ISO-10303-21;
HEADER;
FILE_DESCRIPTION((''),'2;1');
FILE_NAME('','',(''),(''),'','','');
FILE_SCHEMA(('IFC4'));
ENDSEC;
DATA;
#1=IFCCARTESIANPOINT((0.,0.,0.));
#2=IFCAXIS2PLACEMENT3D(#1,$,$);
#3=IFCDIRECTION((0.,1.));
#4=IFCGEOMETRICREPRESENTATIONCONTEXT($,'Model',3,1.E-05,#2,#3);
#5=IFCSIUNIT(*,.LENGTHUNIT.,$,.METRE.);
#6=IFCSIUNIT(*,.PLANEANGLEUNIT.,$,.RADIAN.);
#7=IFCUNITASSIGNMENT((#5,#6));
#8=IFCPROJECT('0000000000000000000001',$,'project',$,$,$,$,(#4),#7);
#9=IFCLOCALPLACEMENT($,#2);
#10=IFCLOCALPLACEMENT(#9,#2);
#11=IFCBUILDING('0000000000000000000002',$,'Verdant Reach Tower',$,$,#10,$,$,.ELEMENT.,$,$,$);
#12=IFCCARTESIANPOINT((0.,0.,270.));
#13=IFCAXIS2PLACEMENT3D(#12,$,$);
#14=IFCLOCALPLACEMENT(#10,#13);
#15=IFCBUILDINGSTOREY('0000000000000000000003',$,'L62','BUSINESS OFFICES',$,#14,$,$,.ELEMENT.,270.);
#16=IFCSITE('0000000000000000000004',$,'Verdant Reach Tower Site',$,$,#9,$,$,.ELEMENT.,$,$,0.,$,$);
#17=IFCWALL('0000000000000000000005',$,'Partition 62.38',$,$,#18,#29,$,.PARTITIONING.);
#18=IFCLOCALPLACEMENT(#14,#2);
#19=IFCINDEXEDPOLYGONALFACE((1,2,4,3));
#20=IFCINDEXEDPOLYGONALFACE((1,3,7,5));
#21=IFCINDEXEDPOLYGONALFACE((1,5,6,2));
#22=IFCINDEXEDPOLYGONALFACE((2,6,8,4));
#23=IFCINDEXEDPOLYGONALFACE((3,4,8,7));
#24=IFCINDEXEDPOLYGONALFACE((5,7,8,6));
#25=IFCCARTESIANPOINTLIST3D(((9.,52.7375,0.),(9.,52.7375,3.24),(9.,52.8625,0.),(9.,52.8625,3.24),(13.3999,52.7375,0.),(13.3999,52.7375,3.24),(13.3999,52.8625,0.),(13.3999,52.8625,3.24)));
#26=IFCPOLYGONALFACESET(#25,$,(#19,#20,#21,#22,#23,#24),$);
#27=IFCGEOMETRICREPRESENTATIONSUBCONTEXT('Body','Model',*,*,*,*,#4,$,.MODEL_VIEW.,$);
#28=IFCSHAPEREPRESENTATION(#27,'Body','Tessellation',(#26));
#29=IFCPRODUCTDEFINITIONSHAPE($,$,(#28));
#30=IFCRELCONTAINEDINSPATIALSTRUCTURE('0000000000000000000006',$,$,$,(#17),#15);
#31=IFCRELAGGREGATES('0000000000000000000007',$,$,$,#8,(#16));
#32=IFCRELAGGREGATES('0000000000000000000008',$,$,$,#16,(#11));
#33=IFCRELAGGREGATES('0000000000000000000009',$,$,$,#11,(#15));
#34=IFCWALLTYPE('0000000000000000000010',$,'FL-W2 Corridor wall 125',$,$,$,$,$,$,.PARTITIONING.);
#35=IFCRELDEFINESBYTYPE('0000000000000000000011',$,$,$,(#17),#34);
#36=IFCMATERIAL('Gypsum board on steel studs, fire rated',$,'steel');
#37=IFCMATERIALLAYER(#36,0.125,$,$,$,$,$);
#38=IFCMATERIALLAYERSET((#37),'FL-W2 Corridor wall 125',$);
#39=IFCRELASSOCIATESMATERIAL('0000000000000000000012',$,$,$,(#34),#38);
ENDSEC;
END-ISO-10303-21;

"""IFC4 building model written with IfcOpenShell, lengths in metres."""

from ifc_helpers import new_model, si_unit, direction, frame, frame_2d, origin, place, context, subcontext, project, spatial, rectangle, extrude, material, layer, layer_set, type_object, element, save


model = new_model("IFC4")

# Units and contexts
model_context = context("Model", 3, precision=1e-05, world=origin(), true_north=direction((0.0, 1.0)))
body_context = subcontext(model_context, "Body", "Model", "MODEL_VIEW")
ifc_project = project(units=[si_unit("LENGTHUNIT", "METRE"), si_unit("PLANEANGLEUNIT", "RADIAN")], contexts=[model_context])

# Site, building, storey
site_placement = place(None, origin())
site = spatial("IfcSite", under=ifc_project, at=site_placement, Name="Verdant Reach Tower Site", CompositionType="ELEMENT", RefElevation=0.0)
building_placement = place(site_placement, origin())
building = spatial("IfcBuilding", under=site, at=building_placement, Name="Verdant Reach Tower", CompositionType="ELEMENT")
storey_placement = place(building_placement, frame((0.0, 0.0, 270.0)))
storey = spatial("IfcBuildingStorey", under=building, at=storey_placement, Name="L62", Description="BUSINESS OFFICES", CompositionType="ELEMENT", Elevation=270.0)

# Shared definitions
ifc_material_1 = material(Name="Gypsum board on steel studs, fire rated", Category="steel")
ifc_layer_1 = layer(ifc_material_1, 0.125)
ifc_layer_set_1 = layer_set([ifc_layer_1], Name="FL-W2 Corridor wall 125")
wall_type_1 = type_object("IfcWallType", Name="FL-W2 Corridor wall 125", PredefinedType="PARTITIONING", material=ifc_layer_set_1)

# Wall
wall_1_placement = place(storey_placement, frame((13.3999, 52.8, 0.0), z_axis=(0.0, 0.0, 1.0), x_axis=(-1.0, 0.0, 0.0)))
element("IfcWall", 1, at=wall_1_placement, inside=storey, type_object=wall_type_1, Name="Partition 62.38", PredefinedType="PARTITIONING", context=body_context, shape_type="SweptSolid", body=[
    extrude(rectangle(XDim=4.3999, YDim=0.125, at=frame_2d((2.2, 0.0))), origin(), (0.0, 0.0, 1.0), 3.24),
])

save(model, "model.ifc")
